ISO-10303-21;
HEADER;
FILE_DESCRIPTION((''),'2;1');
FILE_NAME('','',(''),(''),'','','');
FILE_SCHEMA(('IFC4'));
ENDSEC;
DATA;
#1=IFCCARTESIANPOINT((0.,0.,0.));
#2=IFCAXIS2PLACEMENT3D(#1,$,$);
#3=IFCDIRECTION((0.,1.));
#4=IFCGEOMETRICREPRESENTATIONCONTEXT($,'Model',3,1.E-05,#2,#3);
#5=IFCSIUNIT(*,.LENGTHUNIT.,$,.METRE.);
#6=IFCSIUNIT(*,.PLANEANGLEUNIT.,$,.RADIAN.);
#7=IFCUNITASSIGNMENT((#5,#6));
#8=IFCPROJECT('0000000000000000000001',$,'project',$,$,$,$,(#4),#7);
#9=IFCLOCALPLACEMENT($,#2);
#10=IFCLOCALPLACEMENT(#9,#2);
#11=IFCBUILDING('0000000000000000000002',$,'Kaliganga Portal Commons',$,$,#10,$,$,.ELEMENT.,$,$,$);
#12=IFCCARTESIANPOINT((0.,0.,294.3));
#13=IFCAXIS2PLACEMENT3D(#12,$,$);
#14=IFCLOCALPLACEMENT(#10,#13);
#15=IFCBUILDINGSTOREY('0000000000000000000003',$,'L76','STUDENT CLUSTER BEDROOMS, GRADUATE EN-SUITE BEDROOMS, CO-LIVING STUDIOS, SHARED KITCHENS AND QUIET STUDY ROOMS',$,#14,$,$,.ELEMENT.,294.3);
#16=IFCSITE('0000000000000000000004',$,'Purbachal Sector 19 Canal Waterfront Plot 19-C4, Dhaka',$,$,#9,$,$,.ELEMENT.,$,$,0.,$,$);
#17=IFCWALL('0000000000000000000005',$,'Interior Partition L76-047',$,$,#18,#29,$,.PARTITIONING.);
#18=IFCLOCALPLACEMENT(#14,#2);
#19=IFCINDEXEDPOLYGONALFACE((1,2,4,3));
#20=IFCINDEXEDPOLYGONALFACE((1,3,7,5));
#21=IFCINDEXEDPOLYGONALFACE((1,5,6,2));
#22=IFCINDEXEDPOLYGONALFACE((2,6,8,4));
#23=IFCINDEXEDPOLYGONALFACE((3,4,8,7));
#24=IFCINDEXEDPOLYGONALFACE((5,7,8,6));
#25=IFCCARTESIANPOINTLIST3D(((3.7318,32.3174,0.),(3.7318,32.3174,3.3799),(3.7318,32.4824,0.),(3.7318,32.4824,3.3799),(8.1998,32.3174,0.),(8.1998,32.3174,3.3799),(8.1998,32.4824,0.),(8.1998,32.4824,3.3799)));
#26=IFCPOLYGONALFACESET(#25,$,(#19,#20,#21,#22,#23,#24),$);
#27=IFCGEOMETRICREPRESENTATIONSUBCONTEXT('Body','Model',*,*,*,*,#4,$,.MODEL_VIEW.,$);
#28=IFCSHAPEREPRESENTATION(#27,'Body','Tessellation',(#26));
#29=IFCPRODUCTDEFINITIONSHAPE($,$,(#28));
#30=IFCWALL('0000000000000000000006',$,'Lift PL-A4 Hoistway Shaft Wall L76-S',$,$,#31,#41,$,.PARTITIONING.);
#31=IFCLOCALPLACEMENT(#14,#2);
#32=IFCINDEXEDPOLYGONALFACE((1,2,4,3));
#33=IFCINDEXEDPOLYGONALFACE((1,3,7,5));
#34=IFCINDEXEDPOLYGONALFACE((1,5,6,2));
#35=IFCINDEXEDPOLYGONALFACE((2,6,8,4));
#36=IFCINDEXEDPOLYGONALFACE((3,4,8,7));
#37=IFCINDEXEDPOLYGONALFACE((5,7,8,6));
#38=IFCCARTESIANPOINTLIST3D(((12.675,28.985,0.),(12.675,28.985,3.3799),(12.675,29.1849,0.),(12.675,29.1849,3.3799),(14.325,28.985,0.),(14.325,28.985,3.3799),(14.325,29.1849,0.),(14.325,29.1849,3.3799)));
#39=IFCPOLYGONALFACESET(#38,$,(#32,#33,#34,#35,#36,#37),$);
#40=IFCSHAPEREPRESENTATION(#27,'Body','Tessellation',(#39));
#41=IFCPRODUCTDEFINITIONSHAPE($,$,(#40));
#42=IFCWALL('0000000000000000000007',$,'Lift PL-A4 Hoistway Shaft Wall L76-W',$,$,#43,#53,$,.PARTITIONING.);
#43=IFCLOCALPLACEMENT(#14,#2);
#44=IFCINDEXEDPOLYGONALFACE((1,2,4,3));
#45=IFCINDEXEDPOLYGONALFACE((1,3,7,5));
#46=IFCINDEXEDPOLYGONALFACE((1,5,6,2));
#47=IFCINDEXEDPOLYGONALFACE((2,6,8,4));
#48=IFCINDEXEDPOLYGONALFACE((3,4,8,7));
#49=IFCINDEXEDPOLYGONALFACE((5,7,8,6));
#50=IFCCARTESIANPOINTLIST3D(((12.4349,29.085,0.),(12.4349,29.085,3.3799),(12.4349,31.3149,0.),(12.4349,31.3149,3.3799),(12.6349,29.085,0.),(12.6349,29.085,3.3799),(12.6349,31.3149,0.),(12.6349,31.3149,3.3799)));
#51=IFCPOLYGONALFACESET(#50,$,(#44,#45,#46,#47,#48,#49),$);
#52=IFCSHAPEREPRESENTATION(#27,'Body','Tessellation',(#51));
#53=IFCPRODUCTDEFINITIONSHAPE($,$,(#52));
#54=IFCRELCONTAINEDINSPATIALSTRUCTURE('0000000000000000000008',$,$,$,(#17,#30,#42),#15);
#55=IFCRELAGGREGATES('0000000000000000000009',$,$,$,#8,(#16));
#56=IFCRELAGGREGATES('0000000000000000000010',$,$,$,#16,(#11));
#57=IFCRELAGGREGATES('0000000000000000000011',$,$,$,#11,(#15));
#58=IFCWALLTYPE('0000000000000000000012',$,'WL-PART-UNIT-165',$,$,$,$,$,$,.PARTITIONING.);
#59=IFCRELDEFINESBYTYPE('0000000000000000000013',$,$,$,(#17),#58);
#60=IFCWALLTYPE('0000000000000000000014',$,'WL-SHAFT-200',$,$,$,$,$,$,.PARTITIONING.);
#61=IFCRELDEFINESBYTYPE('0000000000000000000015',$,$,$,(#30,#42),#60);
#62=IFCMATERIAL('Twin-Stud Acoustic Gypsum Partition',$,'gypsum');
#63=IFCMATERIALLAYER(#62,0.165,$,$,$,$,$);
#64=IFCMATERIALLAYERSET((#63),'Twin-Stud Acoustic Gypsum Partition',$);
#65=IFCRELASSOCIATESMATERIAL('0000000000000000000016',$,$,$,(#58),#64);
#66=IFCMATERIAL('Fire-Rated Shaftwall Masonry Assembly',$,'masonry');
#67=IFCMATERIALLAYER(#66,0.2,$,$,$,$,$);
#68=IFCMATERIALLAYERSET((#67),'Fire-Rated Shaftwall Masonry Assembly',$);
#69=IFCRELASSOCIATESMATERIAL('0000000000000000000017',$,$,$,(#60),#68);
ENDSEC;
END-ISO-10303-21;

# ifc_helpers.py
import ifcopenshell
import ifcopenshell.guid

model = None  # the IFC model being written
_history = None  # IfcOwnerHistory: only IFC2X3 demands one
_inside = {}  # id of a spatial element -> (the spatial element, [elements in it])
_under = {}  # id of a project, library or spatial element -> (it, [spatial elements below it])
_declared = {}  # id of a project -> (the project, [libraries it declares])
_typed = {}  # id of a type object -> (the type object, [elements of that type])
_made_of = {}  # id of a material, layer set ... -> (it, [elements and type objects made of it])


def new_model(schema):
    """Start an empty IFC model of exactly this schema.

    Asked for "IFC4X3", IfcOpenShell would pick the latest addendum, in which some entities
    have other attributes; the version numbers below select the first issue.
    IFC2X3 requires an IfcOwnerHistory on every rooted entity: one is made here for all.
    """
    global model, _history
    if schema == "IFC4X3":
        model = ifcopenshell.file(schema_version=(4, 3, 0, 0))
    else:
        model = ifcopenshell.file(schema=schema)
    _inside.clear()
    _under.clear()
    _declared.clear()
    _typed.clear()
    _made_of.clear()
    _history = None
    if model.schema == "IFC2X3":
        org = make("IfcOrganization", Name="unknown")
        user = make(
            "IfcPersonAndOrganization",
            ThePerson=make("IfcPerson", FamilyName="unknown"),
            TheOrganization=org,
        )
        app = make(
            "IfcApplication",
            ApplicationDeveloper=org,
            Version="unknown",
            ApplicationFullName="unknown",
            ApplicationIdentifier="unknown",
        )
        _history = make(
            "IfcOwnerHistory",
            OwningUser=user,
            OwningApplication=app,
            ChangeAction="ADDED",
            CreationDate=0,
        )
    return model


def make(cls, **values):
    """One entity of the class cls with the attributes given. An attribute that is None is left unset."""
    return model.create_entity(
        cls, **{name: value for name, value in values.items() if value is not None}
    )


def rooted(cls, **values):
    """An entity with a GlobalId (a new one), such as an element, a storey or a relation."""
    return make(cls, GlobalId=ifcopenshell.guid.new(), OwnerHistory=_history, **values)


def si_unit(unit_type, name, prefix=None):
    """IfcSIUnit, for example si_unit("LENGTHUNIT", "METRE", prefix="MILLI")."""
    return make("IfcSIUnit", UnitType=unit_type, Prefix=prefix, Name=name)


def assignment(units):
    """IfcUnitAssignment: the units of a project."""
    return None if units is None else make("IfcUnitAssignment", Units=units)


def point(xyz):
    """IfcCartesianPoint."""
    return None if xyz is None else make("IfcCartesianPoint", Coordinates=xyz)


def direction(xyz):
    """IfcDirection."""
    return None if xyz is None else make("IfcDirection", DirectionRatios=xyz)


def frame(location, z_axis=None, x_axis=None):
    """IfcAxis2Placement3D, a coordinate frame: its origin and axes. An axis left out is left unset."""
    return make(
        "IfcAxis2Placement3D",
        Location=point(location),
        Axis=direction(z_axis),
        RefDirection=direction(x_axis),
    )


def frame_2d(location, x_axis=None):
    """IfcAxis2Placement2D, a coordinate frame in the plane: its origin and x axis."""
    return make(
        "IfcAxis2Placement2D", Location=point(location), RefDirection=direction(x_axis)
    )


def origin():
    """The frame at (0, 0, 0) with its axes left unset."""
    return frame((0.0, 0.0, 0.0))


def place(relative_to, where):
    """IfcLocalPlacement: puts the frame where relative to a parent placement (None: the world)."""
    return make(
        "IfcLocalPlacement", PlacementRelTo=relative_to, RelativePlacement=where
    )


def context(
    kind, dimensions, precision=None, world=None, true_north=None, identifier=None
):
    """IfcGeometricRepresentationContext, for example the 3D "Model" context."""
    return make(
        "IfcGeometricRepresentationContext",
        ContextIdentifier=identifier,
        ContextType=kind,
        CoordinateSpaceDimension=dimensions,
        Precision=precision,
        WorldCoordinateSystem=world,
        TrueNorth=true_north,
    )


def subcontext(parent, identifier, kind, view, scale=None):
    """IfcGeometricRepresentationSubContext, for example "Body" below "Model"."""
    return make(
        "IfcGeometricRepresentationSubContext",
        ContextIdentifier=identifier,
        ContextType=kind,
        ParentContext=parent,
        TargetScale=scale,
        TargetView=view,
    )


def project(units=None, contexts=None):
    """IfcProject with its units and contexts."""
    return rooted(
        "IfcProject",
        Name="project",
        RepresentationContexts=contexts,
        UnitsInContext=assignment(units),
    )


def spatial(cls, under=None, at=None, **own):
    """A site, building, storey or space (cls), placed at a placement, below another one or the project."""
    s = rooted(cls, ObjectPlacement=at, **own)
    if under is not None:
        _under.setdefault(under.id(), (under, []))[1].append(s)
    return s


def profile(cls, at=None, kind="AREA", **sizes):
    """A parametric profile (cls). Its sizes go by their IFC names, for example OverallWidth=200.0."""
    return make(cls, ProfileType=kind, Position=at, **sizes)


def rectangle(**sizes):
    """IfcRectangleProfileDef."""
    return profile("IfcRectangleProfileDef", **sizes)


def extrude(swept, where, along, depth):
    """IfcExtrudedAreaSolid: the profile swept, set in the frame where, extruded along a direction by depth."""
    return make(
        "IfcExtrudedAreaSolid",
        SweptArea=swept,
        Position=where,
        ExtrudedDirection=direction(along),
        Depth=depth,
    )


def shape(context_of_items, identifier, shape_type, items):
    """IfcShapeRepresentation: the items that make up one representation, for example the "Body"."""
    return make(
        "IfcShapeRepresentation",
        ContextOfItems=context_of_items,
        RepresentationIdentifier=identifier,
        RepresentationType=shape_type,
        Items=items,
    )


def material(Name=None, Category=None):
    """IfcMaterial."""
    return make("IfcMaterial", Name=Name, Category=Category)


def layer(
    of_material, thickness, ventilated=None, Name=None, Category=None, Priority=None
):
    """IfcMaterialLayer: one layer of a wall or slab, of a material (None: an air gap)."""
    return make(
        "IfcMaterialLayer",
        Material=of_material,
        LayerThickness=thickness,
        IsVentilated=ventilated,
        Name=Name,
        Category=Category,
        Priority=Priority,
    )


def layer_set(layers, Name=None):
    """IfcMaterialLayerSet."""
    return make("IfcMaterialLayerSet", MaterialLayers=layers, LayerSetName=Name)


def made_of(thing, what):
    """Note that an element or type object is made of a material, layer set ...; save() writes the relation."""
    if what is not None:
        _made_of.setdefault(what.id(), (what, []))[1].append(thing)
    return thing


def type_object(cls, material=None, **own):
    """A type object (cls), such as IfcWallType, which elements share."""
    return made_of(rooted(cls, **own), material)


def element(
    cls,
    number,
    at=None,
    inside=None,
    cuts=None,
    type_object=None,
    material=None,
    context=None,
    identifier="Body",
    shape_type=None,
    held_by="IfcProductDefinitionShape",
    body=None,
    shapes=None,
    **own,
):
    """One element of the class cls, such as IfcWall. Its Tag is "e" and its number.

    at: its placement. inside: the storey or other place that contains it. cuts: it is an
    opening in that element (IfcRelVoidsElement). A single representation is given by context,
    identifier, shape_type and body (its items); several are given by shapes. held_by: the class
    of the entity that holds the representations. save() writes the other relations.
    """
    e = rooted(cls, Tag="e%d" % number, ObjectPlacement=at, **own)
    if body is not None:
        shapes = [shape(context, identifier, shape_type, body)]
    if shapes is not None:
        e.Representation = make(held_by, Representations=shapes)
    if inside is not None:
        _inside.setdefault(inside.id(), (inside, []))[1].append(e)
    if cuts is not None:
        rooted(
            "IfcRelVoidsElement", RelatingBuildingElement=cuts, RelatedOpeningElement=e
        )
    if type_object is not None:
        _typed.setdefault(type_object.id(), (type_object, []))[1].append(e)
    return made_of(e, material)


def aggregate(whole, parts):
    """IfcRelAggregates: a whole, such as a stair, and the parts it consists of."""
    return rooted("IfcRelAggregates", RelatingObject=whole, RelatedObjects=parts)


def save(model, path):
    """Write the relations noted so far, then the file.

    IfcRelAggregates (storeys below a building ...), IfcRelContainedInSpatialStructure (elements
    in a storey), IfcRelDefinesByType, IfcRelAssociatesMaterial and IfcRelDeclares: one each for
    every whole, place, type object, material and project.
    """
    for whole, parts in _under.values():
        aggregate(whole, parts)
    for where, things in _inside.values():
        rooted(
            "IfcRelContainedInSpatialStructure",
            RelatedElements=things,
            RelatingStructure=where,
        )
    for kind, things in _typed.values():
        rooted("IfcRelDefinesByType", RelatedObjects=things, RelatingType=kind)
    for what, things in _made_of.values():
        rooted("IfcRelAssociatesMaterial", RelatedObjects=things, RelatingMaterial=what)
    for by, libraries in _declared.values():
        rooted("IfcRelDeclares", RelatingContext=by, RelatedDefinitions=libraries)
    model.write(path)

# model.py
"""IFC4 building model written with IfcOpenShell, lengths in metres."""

from ifc_helpers import new_model, si_unit, direction, frame, frame_2d, origin, place, context, subcontext, project, spatial, rectangle, extrude, material, layer, layer_set, type_object, element, save


model = new_model("IFC4")

# Units and contexts
model_context = context("Model", 3, precision=1e-05, world=origin(), true_north=direction((0.0, 1.0)))
body_context = subcontext(model_context, "Body", "Model", "MODEL_VIEW")
ifc_project = project(units=[si_unit("LENGTHUNIT", "METRE"), si_unit("PLANEANGLEUNIT", "RADIAN")], contexts=[model_context])

# Site, building, storey
site_placement = place(None, origin())
site = spatial("IfcSite", under=ifc_project, at=site_placement, Name="Purbachal Sector 19 Canal Waterfront Plot 19-C4, Dhaka", CompositionType="ELEMENT", RefElevation=0.0)
building_placement = place(site_placement, origin())
building = spatial("IfcBuilding", under=site, at=building_placement, Name="Kaliganga Portal Commons", CompositionType="ELEMENT")
storey_placement = place(building_placement, frame((0.0, 0.0, 294.3)))
storey = spatial("IfcBuildingStorey", under=building, at=storey_placement, Name="L76", Description="STUDENT CLUSTER BEDROOMS, GRADUATE EN-SUITE BEDROOMS, CO-LIVING STUDIOS, SHARED KITCHENS AND QUIET STUDY ROOMS", CompositionType="ELEMENT", Elevation=294.3)

# Walls
ifc_material_1 = material(Name="Twin-Stud Acoustic Gypsum Partition", Category="gypsum")
ifc_layer_1 = layer(ifc_material_1, 0.165)
ifc_layer_set_1 = layer_set([ifc_layer_1], Name="Twin-Stud Acoustic Gypsum Partition")
wall_type_1 = type_object("IfcWallType", Name="WL-PART-UNIT-165", PredefinedType="PARTITIONING", material=ifc_layer_set_1)
wall_1_placement = place(storey_placement, frame((3.7319, 32.3999, 0.0), z_axis=(0.0, 0.0, 1.0), x_axis=(1.0, 0.0, 0.0)))
element("IfcWall", 1, at=wall_1_placement, inside=storey, type_object=wall_type_1, Name="Interior Partition L76-047", PredefinedType="PARTITIONING", context=body_context, shape_type="SweptSolid", body=[
    extrude(rectangle(XDim=4.468, YDim=0.165, at=frame_2d((2.2339, 0.0))), origin(), (0.0, 0.0, 1.0), 3.3799),
])
ifc_material_2 = material(Name="Fire-Rated Shaftwall Masonry Assembly", Category="masonry")
ifc_layer_2 = layer(ifc_material_2, 0.2)
ifc_layer_set_2 = layer_set([ifc_layer_2], Name="Fire-Rated Shaftwall Masonry Assembly")
wall_type_2 = type_object("IfcWallType", Name="WL-SHAFT-200", PredefinedType="PARTITIONING", material=ifc_layer_set_2)
wall_2_placement = place(storey_placement, frame((12.675, 29.085, 0.0), z_axis=(0.0, 0.0, 1.0), x_axis=(1.0, 0.0, 0.0)))
element("IfcWall", 2, at=wall_2_placement, inside=storey, type_object=wall_type_2, Name="Lift PL-A4 Hoistway Shaft Wall L76-S", PredefinedType="PARTITIONING", context=body_context, shape_type="SweptSolid", body=[
    extrude(rectangle(XDim=1.6499, YDim=0.2, at=frame_2d((0.825, 0.0))), origin(), (0.0, 0.0, 1.0), 3.3799),
])

# Wall
wall_3_placement = place(storey_placement, frame((12.5349, 29.085, 0.0), z_axis=(0.0, 0.0, 1.0), x_axis=(0.0, 1.0, 0.0)))
element("IfcWall", 3, at=wall_3_placement, inside=storey, type_object=wall_type_2, Name="Lift PL-A4 Hoistway Shaft Wall L76-W", PredefinedType="PARTITIONING", context=body_context, shape_type="SweptSolid", body=[
    extrude(rectangle(XDim=2.23, YDim=0.2, at=frame_2d((1.115, 0.0))), origin(), (0.0, 0.0, 1.0), 3.3799),
])

save(model, "model.ifc")
